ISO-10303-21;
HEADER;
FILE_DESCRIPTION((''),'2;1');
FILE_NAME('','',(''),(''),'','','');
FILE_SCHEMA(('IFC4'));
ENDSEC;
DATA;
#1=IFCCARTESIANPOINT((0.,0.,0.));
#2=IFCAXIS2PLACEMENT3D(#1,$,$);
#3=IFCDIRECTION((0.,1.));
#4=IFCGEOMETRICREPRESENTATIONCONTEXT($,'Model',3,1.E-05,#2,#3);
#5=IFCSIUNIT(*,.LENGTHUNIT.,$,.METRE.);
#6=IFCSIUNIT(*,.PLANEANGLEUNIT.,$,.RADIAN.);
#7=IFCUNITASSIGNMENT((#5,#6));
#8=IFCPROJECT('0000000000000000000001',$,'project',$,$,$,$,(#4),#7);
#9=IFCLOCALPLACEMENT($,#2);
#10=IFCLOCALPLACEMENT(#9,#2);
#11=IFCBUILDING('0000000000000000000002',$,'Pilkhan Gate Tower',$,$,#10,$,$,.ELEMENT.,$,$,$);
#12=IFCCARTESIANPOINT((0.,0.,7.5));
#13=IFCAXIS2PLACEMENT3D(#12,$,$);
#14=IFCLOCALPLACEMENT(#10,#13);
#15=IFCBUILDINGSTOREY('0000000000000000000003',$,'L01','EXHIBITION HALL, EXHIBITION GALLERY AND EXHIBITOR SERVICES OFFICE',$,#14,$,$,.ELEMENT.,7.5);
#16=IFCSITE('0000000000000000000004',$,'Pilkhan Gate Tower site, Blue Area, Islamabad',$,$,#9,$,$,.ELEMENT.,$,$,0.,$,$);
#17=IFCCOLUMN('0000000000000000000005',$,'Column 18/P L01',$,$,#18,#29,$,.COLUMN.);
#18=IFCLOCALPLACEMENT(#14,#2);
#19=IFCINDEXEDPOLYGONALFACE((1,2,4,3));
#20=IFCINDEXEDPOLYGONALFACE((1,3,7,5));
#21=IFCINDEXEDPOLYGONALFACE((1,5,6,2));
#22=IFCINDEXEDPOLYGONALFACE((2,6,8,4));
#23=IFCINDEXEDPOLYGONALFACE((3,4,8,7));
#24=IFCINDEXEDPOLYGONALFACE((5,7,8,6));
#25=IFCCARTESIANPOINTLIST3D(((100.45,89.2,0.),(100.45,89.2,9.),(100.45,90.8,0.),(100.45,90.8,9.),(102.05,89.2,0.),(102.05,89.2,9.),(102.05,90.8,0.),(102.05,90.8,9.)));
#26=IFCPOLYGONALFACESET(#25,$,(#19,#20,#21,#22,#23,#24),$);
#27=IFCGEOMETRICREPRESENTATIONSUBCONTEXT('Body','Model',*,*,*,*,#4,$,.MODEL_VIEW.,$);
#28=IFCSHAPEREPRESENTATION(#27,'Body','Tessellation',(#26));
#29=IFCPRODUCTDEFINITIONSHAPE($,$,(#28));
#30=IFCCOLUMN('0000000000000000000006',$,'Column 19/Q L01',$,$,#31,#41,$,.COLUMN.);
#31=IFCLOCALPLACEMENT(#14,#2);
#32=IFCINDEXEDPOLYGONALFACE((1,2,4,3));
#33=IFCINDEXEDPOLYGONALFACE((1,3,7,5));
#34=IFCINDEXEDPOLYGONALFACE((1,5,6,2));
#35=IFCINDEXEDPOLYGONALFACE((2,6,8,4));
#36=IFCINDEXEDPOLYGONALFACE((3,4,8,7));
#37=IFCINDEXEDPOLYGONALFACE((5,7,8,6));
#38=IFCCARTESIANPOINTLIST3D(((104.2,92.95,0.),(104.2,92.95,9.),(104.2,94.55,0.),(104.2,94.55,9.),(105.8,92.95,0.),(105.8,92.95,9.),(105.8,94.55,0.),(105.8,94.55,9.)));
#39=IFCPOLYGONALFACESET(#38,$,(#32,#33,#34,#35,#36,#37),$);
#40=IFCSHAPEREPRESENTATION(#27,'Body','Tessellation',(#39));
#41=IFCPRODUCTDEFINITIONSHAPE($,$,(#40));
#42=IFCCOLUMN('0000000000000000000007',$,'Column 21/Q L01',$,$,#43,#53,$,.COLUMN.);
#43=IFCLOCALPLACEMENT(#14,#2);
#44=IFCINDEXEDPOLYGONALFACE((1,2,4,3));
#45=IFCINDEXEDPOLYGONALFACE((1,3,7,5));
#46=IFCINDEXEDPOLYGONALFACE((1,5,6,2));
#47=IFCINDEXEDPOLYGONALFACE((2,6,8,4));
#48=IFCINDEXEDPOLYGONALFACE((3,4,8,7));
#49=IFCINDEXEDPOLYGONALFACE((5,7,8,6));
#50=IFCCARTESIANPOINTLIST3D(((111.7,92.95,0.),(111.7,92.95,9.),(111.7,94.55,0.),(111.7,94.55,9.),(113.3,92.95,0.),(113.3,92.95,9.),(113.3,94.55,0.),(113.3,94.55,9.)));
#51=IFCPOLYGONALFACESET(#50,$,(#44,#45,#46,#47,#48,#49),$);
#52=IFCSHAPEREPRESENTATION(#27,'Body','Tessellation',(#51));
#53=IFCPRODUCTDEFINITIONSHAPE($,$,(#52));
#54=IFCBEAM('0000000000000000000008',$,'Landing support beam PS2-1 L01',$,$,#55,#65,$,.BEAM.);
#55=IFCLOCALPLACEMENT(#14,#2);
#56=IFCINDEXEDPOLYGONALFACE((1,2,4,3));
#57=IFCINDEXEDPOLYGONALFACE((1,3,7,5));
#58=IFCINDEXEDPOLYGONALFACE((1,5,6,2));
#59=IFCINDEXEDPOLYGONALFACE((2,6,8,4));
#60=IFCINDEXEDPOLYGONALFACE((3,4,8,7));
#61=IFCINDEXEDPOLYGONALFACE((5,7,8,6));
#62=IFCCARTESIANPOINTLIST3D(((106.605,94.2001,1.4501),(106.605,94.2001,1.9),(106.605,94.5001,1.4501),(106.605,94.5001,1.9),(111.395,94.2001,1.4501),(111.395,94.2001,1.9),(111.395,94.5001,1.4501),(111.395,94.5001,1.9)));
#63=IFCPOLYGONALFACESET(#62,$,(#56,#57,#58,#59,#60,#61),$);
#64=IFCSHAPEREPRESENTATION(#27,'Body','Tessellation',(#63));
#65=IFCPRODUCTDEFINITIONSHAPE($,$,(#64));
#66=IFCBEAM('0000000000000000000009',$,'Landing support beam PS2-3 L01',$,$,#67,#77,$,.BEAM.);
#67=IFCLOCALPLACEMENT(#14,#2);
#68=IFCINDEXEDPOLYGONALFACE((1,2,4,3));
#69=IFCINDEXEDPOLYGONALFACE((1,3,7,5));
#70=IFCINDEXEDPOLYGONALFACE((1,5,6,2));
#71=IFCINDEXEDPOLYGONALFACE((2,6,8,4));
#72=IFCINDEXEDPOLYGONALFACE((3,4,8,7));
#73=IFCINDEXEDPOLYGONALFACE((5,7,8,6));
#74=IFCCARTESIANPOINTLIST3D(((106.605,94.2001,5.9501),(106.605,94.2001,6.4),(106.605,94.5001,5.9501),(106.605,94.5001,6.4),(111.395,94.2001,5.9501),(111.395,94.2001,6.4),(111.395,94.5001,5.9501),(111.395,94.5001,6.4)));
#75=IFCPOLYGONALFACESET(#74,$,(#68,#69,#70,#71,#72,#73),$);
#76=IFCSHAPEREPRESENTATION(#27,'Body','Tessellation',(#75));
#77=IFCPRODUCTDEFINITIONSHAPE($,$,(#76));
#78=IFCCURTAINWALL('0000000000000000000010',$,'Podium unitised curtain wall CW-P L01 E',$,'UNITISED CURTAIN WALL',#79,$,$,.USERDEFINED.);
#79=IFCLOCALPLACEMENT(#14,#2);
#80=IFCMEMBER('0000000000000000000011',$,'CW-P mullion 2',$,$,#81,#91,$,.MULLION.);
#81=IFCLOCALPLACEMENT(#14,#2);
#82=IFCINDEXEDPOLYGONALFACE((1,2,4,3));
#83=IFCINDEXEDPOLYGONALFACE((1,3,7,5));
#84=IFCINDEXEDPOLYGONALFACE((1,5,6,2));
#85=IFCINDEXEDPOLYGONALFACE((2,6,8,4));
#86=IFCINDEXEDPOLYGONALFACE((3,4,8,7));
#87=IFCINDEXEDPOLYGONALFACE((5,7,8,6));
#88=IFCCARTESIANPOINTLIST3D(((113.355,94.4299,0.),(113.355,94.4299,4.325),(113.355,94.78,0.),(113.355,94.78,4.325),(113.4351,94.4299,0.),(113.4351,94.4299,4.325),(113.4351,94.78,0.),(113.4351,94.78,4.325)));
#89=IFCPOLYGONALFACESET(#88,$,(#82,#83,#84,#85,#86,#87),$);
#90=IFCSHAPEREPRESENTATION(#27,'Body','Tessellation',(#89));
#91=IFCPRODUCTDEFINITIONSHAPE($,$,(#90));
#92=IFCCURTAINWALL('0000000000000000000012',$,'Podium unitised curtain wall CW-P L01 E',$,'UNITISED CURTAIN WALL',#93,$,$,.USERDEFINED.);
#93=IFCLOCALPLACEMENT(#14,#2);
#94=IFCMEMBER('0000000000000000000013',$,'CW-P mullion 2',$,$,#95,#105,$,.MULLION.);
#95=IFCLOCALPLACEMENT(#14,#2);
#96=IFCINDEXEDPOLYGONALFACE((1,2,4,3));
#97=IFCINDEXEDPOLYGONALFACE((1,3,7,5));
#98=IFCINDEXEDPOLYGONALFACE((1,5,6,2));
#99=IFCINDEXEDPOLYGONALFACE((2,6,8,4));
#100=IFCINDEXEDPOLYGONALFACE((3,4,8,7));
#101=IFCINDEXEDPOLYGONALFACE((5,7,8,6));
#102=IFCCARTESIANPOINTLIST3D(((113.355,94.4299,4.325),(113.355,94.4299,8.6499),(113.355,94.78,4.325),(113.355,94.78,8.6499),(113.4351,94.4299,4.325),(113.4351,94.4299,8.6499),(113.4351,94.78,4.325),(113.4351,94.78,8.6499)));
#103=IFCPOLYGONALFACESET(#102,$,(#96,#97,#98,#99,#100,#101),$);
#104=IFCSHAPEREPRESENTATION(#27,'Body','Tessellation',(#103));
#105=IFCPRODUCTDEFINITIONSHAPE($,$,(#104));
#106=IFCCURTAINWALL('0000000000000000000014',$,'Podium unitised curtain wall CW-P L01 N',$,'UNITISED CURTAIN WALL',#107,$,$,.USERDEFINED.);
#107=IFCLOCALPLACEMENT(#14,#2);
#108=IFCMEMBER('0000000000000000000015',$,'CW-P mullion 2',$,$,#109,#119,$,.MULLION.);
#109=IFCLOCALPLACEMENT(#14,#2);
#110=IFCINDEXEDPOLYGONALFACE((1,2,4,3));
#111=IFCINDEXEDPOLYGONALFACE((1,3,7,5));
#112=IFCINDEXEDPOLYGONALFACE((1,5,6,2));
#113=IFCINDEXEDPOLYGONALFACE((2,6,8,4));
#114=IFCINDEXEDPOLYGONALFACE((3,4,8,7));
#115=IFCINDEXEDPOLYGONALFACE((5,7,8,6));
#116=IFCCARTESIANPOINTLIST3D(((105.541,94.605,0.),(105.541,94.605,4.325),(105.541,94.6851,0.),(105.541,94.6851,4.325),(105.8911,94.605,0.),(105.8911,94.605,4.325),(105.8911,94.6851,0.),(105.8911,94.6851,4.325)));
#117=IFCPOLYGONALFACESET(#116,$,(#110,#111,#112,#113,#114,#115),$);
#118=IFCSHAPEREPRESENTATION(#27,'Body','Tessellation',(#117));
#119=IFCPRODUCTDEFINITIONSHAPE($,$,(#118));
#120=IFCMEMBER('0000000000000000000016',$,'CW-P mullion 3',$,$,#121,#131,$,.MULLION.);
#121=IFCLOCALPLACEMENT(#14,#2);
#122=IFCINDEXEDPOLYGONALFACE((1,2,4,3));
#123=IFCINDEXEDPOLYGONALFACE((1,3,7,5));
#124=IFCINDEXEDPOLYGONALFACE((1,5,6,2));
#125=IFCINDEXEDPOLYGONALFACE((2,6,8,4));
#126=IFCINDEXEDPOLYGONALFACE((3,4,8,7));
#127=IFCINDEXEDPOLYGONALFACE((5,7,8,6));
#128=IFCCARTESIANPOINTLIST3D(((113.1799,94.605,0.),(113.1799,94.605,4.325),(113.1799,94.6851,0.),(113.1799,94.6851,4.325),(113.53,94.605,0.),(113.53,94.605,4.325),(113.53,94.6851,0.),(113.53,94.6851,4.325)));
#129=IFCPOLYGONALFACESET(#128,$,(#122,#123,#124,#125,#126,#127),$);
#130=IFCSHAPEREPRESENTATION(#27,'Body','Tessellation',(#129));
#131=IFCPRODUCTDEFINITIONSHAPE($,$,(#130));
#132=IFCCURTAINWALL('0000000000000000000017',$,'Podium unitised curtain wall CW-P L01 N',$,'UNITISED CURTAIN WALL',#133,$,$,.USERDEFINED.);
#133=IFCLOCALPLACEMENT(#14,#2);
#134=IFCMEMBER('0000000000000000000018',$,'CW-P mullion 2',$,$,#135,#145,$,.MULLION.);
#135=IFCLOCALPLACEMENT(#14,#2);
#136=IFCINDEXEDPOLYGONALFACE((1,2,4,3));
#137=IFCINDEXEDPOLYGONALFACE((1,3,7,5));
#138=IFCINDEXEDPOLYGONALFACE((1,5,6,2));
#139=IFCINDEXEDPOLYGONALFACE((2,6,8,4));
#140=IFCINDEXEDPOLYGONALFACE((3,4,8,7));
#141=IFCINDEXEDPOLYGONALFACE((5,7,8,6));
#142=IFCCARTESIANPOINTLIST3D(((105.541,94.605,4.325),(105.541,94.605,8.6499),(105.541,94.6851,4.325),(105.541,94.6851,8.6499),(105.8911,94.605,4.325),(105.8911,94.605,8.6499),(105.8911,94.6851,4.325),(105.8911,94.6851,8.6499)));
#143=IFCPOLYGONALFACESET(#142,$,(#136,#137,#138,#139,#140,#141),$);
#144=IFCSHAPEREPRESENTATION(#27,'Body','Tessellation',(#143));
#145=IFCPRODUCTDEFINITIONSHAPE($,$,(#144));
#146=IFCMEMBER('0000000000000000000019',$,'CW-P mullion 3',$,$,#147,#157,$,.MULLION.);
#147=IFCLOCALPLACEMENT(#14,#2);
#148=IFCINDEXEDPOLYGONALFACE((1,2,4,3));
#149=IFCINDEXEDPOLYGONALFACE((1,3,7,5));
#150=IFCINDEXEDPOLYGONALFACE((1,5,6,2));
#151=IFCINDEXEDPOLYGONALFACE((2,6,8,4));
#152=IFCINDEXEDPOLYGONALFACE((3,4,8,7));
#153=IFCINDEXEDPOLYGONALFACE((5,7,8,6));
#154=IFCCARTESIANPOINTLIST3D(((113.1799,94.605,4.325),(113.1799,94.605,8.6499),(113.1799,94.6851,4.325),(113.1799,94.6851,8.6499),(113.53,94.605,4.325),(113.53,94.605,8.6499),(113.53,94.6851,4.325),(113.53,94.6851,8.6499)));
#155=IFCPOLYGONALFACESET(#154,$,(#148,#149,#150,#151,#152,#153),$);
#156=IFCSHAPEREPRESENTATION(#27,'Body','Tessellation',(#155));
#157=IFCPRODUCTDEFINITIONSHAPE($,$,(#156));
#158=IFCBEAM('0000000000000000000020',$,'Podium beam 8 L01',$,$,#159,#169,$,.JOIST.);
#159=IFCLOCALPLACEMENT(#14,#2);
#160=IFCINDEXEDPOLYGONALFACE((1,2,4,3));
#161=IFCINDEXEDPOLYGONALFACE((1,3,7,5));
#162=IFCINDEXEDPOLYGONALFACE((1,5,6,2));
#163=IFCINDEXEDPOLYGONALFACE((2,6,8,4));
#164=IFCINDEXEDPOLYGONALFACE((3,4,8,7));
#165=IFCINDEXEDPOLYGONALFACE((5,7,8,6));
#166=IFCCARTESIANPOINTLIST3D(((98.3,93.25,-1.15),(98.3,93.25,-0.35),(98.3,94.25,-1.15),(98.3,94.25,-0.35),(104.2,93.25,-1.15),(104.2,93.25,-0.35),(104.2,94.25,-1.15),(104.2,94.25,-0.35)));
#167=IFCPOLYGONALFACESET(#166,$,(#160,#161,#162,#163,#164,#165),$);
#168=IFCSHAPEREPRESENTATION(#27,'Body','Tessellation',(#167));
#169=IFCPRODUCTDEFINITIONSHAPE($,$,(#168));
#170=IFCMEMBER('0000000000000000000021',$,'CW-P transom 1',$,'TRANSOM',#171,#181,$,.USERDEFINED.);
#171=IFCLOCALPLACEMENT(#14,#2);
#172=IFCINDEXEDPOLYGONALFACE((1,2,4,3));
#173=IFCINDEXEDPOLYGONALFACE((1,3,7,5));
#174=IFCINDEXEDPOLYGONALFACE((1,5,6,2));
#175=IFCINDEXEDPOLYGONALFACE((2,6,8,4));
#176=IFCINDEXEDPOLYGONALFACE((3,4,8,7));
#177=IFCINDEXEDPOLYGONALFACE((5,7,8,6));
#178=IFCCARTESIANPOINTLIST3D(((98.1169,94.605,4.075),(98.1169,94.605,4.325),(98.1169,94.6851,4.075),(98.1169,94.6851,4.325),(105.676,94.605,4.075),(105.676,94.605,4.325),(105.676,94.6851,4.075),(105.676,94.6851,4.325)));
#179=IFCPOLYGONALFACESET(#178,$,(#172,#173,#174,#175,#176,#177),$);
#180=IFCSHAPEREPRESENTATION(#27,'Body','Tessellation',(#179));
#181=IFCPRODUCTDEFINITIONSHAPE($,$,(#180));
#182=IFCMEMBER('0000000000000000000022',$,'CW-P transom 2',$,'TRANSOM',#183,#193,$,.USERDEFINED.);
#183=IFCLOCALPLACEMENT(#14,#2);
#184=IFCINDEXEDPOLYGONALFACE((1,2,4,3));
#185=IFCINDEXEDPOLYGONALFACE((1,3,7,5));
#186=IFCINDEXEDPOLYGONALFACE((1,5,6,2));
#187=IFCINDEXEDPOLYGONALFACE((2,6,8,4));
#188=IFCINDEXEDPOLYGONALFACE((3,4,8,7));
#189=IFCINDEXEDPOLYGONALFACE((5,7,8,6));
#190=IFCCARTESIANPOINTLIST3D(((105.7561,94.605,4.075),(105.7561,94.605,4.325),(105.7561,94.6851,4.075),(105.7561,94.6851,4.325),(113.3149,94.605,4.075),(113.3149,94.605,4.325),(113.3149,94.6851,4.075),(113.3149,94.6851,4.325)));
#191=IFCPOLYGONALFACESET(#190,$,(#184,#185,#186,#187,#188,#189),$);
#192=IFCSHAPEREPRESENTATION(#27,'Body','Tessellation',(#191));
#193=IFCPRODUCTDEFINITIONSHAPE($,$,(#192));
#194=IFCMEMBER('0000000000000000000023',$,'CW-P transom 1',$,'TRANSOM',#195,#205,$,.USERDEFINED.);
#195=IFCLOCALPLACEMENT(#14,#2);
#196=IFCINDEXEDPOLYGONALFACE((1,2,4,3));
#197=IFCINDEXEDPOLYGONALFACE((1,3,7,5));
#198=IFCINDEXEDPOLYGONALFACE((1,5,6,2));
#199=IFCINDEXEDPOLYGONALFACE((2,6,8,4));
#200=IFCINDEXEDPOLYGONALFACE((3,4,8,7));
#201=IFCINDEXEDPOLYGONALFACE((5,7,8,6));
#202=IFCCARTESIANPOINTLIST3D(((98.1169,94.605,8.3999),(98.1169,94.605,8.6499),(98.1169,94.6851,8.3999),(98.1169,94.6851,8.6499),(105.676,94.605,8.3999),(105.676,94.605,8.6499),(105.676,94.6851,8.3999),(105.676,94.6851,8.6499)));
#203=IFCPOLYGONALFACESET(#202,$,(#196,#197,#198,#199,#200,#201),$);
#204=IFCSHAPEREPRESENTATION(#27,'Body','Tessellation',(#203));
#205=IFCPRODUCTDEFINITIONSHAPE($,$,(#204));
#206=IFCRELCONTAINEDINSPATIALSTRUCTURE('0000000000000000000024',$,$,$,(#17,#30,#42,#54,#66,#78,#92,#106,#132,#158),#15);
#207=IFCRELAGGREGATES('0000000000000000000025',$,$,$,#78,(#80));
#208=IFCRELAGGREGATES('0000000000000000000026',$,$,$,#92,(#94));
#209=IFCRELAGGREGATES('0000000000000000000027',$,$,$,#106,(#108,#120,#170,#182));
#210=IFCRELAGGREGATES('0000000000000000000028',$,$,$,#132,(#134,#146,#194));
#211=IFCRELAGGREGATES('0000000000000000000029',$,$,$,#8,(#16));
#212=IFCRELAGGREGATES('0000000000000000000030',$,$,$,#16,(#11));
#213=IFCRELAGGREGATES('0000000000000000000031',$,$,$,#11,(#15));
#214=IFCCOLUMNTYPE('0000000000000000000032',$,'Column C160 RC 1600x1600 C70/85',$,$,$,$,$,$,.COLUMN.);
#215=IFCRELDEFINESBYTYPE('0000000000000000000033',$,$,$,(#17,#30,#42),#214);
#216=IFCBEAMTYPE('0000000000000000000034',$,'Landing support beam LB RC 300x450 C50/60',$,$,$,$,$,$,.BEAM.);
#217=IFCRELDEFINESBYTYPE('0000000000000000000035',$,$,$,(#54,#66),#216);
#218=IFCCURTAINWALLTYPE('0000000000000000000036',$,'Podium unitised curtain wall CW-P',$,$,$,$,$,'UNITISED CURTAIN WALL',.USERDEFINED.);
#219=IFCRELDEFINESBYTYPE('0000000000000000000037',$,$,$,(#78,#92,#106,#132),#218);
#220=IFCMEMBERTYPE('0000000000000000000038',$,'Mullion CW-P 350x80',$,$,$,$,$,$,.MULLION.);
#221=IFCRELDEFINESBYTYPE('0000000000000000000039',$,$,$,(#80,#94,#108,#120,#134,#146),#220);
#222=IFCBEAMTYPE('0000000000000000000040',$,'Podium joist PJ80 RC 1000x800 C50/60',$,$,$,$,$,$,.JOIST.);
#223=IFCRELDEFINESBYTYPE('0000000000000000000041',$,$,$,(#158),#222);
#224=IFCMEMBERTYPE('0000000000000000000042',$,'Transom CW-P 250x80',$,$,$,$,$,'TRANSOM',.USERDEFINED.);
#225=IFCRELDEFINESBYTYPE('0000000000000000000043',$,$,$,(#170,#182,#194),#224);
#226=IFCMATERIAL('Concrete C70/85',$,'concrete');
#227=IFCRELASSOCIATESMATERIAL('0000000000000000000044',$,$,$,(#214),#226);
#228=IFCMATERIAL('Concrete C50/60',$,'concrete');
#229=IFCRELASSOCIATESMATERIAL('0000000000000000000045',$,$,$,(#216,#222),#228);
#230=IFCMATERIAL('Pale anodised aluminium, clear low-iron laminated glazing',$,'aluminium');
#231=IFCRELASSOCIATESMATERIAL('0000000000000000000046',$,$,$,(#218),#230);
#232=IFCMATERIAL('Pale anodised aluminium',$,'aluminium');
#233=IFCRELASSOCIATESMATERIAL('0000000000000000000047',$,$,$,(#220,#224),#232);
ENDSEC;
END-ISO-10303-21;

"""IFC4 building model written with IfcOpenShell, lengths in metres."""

from ifc_helpers import new_model, si_unit, direction, frame, origin, origin_2d, place, context, subcontext, project, spatial, rectangle, extrude, material, material_profile, profile_set, type_object, element, aggregate, save


model = new_model("IFC4")

# Units and contexts
model_context = context("Model", 3, precision=1e-05, world=origin(), true_north=direction((0.0, 1.0)))
body_context = subcontext(model_context, "Body", "Model", "MODEL_VIEW")
ifc_project = project(units=[si_unit("LENGTHUNIT", "METRE"), si_unit("PLANEANGLEUNIT", "RADIAN")], contexts=[model_context])

# Site, building, storey
site_placement = place(None, origin())
site = spatial("IfcSite", under=ifc_project, at=site_placement, Name="Pilkhan Gate Tower site, Blue Area, Islamabad", CompositionType="ELEMENT", RefElevation=0.0)
building_placement = place(site_placement, origin())
building = spatial("IfcBuilding", under=site, at=building_placement, Name="Pilkhan Gate Tower", CompositionType="ELEMENT")
storey_placement = place(building_placement, frame((0.0, 0.0, 7.5)))
storey = spatial("IfcBuildingStorey", under=building, at=storey_placement, Name="L01", Description="EXHIBITION HALL, EXHIBITION GALLERY AND EXHIBITOR SERVICES OFFICE", CompositionType="ELEMENT", Elevation=7.5)

# Columns
ifc_material_1 = material(Name="Concrete C70/85", Category="concrete")
ifc_material_profile_1 = material_profile(ifc_material_1, rectangle(XDim=1.6001, YDim=1.6001, at=origin_2d()), Name="RC 1600x1600")
ifc_profile_set_1 = profile_set([ifc_material_profile_1], Name="Concrete C70/85")
column_type = type_object("IfcColumnType", Name="Column C160 RC 1600x1600 C70/85", PredefinedType="COLUMN", material=ifc_profile_set_1)
for number, where, z_axis, x_axis, name in (
    (1, (101.25, 90.0, 0.0), (0.0, 0.0, 1.0), (1.0, 0.0, 0.0), "Column 18/P L01"),
    (2, (105.0, 93.75, 0.0), (0.0, 0.0, 1.0), (1.0, 0.0, 0.0), "Column 19/Q L01"),
    (3, (112.5, 93.75, 0.0), (0.0, 0.0, 1.0), (1.0, 0.0, 0.0), "Column 21/Q L01"),
):
    element("IfcColumn", number, at=place(storey_placement, frame(where, z_axis=z_axis, x_axis=x_axis)), inside=storey, type_object=column_type, Name=name, PredefinedType="COLUMN", context=body_context, shape_type="SweptSolid", body=[
        extrude(rectangle(XDim=1.6001, YDim=1.6001, at=origin_2d()), origin(), (0.0, 0.0, 1.0), 9.0),
    ])

# Beams
ifc_material_2 = material(Name="Concrete C50/60", Category="concrete")
ifc_material_profile_2 = material_profile(ifc_material_2, rectangle(XDim=0.3, YDim=0.45, at=origin_2d()), Name="RC 300x450")
ifc_profile_set_2 = profile_set([ifc_material_profile_2], Name="Concrete C50/60")
beam_type_1 = type_object("IfcBeamType", Name="Landing support beam LB RC 300x450 C50/60", PredefinedType="BEAM", material=ifc_profile_set_2)
for number, where, z_axis, x_axis, name in (
    (4, (106.605, 94.3501, 1.675), (1.0, 0.0, 0.0), (0.0, 1.0, 0.0), "Landing support beam PS2-1 L01"),
    (5, (106.605, 94.3501, 6.175), (1.0, 0.0, 0.0), (0.0, 1.0, 0.0), "Landing support beam PS2-3 L01"),
):
    element("IfcBeam", number, at=place(storey_placement, frame(where, z_axis=z_axis, x_axis=x_axis)), inside=storey, type_object=beam_type_1, Name=name, PredefinedType="BEAM", context=body_context, shape_type="SweptSolid", body=[
        extrude(rectangle(XDim=0.3, YDim=0.45, at=origin_2d()), origin(), (0.0, 0.0, 1.0), 4.79),
    ])

# Curtain walls, members
ifc_material_3 = material(Name="Pale anodised aluminium, clear low-iron laminated glazing", Category="aluminium")
curtain_wall_type = type_object("IfcCurtainWallType", Name="Podium unitised curtain wall CW-P", ElementType="UNITISED CURTAIN WALL", PredefinedType="USERDEFINED", material=ifc_material_3)
curtain_wall_1_placement = place(storey_placement, origin())
curtain_wall_1 = element("IfcCurtainWall", 6, at=curtain_wall_1_placement, inside=storey, type_object=curtain_wall_type, Name="Podium unitised curtain wall CW-P L01 E", ObjectType="UNITISED CURTAIN WALL", PredefinedType="USERDEFINED")
ifc_material_4 = material(Name="Pale anodised aluminium", Category="aluminium")
ifc_material_profile_3 = material_profile(ifc_material_4, rectangle(XDim=0.0801, YDim=0.3501, at=origin_2d()), Name="Mullion 350x80")
ifc_profile_set_3 = profile_set([ifc_material_profile_3], Name="Pale anodised aluminium")
member_type_1 = type_object("IfcMemberType", Name="Mullion CW-P 350x80", PredefinedType="MULLION", material=ifc_profile_set_3)
member_1_placement = place(storey_placement, frame((113.395, 94.605, 0.0), z_axis=(0.0, 0.0, 1.0), x_axis=(-1.0, 0.0, 0.0)))
member_1 = element("IfcMember", 7, at=member_1_placement, type_object=member_type_1, Name="CW-P mullion 2", PredefinedType="MULLION", context=body_context, shape_type="SweptSolid", body=[
    extrude(rectangle(XDim=0.0801, YDim=0.3501, at=origin_2d()), origin(), (0.0, 0.0, 1.0), 4.325),
])
curtain_wall_2_placement = place(storey_placement, origin())
curtain_wall_2 = element("IfcCurtainWall", 8, at=curtain_wall_2_placement, inside=storey, type_object=curtain_wall_type, Name="Podium unitised curtain wall CW-P L01 E", ObjectType="UNITISED CURTAIN WALL", PredefinedType="USERDEFINED")
member_2_placement = place(storey_placement, frame((113.395, 94.605, 4.325), z_axis=(0.0, 0.0, 1.0), x_axis=(-1.0, 0.0, 0.0)))
member_2 = element("IfcMember", 9, at=member_2_placement, type_object=member_type_1, Name="CW-P mullion 2", PredefinedType="MULLION", context=body_context, shape_type="SweptSolid", body=[
    extrude(rectangle(XDim=0.0801, YDim=0.3501, at=origin_2d()), origin(), (0.0, 0.0, 1.0), 4.325),
])

# Curtain walls, members
curtain_wall_3_placement = place(storey_placement, origin())
curtain_wall_3 = element("IfcCurtainWall", 10, at=curtain_wall_3_placement, inside=storey, type_object=curtain_wall_type, Name="Podium unitised curtain wall CW-P L01 N", ObjectType="UNITISED CURTAIN WALL", PredefinedType="USERDEFINED")
member_3_placement = place(storey_placement, frame((105.7161, 94.645, 0.0), z_axis=(0.0, 0.0, 1.0), x_axis=(0.0, 1.0, 0.0)))
member_3 = element("IfcMember", 11, at=member_3_placement, type_object=member_type_1, Name="CW-P mullion 2", PredefinedType="MULLION", context=body_context, shape_type="SweptSolid", body=[
    extrude(rectangle(XDim=0.0801, YDim=0.3501, at=origin_2d()), origin(), (0.0, 0.0, 1.0), 4.325),
])
member_4_placement = place(storey_placement, frame((113.355, 94.645, 0.0), z_axis=(0.0, 0.0, 1.0), x_axis=(0.0, 1.0, 0.0)))
member_4 = element("IfcMember", 12, at=member_4_placement, type_object=member_type_1, Name="CW-P mullion 3", PredefinedType="MULLION", context=body_context, shape_type="SweptSolid", body=[
    extrude(rectangle(XDim=0.0801, YDim=0.3501, at=origin_2d()), origin(), (0.0, 0.0, 1.0), 4.325),
])
curtain_wall_4_placement = place(storey_placement, origin())
curtain_wall_4 = element("IfcCurtainWall", 13, at=curtain_wall_4_placement, inside=storey, type_object=curtain_wall_type, Name="Podium unitised curtain wall CW-P L01 N", ObjectType="UNITISED CURTAIN WALL", PredefinedType="USERDEFINED")
member_5_placement = place(storey_placement, frame((105.7161, 94.645, 4.325), z_axis=(0.0, 0.0, 1.0), x_axis=(0.0, 1.0, 0.0)))
member_5 = element("IfcMember", 14, at=member_5_placement, type_object=member_type_1, Name="CW-P mullion 2", PredefinedType="MULLION", context=body_context, shape_type="SweptSolid", body=[
    extrude(rectangle(XDim=0.0801, YDim=0.3501, at=origin_2d()), origin(), (0.0, 0.0, 1.0), 4.325),
])
member_6_placement = place(storey_placement, frame((113.355, 94.645, 4.325), z_axis=(0.0, 0.0, 1.0), x_axis=(0.0, 1.0, 0.0)))
member_6 = element("IfcMember", 15, at=member_6_placement, type_object=member_type_1, Name="CW-P mullion 3", PredefinedType="MULLION", context=body_context, shape_type="SweptSolid", body=[
    extrude(rectangle(XDim=0.0801, YDim=0.3501, at=origin_2d()), origin(), (0.0, 0.0, 1.0), 4.325),
])

# Beam
ifc_material_profile_4 = material_profile(ifc_material_2, rectangle(XDim=1.0, YDim=0.8, at=origin_2d()), Name="RC 1000x800")
ifc_profile_set_4 = profile_set([ifc_material_profile_4], Name="Concrete C50/60")
beam_type_2 = type_object("IfcBeamType", Name="Podium joist PJ80 RC 1000x800 C50/60", PredefinedType="JOIST", material=ifc_profile_set_4)
beam_placement = place(storey_placement, frame((98.3, 93.75, -0.75), z_axis=(1.0, 0.0, 0.0), x_axis=(0.0, 1.0, 0.0)))
element("IfcBeam", 16, at=beam_placement, inside=storey, type_object=beam_type_2, Name="Podium beam 8 L01", PredefinedType="JOIST", context=body_context, shape_type="SweptSolid", body=[
    extrude(rectangle(XDim=1.0, YDim=0.8, at=origin_2d()), origin(), (0.0, 0.0, 1.0), 5.8999),
])

# Members
ifc_material_profile_5 = material_profile(ifc_material_4, rectangle(XDim=0.0801, YDim=0.25, at=origin_2d()), Name="Transom 250x80")
ifc_profile_set_5 = profile_set([ifc_material_profile_5], Name="Pale anodised aluminium")
member_type_2 = type_object("IfcMemberType", Name="Transom CW-P 250x80", ElementType="TRANSOM", PredefinedType="USERDEFINED", material=ifc_profile_set_5)
member_7_placement = place(storey_placement, frame((98.1169, 94.645, 4.2), z_axis=(1.0, 0.0, 0.0), x_axis=(0.0, 1.0, 0.0)))
member_7 = element("IfcMember", 17, at=member_7_placement, type_object=member_type_2, Name="CW-P transom 1", ObjectType="TRANSOM", PredefinedType="USERDEFINED", context=body_context, shape_type="SweptSolid", body=[
    extrude(rectangle(XDim=0.0801, YDim=0.25, at=origin_2d()), origin(), (0.0, 0.0, 1.0), 7.5591),
])
member_8_placement = place(storey_placement, frame((105.7561, 94.645, 4.2), z_axis=(1.0, 0.0, 0.0), x_axis=(0.0, 1.0, 0.0)))
member_8 = element("IfcMember", 18, at=member_8_placement, type_object=member_type_2, Name="CW-P transom 2", ObjectType="TRANSOM", PredefinedType="USERDEFINED", context=body_context, shape_type="SweptSolid", body=[
    extrude(rectangle(XDim=0.0801, YDim=0.25, at=origin_2d()), origin(), (0.0, 0.0, 1.0), 7.5588),
])
member_9_placement = place(storey_placement, frame((98.1169, 94.645, 8.5249), z_axis=(1.0, 0.0, 0.0), x_axis=(0.0, 1.0, 0.0)))
member_9 = element("IfcMember", 19, at=member_9_placement, type_object=member_type_2, Name="CW-P transom 1", ObjectType="TRANSOM", PredefinedType="USERDEFINED", context=body_context, shape_type="SweptSolid", body=[
    extrude(rectangle(XDim=0.0801, YDim=0.25, at=origin_2d()), origin(), (0.0, 0.0, 1.0), 7.5591),
])

aggregate(curtain_wall_1, [member_1])
aggregate(curtain_wall_2, [member_2])
aggregate(curtain_wall_3, [member_3, member_4, member_7, member_8])
aggregate(curtain_wall_4, [member_5, member_6, member_9])

save(model, "model.ifc")
